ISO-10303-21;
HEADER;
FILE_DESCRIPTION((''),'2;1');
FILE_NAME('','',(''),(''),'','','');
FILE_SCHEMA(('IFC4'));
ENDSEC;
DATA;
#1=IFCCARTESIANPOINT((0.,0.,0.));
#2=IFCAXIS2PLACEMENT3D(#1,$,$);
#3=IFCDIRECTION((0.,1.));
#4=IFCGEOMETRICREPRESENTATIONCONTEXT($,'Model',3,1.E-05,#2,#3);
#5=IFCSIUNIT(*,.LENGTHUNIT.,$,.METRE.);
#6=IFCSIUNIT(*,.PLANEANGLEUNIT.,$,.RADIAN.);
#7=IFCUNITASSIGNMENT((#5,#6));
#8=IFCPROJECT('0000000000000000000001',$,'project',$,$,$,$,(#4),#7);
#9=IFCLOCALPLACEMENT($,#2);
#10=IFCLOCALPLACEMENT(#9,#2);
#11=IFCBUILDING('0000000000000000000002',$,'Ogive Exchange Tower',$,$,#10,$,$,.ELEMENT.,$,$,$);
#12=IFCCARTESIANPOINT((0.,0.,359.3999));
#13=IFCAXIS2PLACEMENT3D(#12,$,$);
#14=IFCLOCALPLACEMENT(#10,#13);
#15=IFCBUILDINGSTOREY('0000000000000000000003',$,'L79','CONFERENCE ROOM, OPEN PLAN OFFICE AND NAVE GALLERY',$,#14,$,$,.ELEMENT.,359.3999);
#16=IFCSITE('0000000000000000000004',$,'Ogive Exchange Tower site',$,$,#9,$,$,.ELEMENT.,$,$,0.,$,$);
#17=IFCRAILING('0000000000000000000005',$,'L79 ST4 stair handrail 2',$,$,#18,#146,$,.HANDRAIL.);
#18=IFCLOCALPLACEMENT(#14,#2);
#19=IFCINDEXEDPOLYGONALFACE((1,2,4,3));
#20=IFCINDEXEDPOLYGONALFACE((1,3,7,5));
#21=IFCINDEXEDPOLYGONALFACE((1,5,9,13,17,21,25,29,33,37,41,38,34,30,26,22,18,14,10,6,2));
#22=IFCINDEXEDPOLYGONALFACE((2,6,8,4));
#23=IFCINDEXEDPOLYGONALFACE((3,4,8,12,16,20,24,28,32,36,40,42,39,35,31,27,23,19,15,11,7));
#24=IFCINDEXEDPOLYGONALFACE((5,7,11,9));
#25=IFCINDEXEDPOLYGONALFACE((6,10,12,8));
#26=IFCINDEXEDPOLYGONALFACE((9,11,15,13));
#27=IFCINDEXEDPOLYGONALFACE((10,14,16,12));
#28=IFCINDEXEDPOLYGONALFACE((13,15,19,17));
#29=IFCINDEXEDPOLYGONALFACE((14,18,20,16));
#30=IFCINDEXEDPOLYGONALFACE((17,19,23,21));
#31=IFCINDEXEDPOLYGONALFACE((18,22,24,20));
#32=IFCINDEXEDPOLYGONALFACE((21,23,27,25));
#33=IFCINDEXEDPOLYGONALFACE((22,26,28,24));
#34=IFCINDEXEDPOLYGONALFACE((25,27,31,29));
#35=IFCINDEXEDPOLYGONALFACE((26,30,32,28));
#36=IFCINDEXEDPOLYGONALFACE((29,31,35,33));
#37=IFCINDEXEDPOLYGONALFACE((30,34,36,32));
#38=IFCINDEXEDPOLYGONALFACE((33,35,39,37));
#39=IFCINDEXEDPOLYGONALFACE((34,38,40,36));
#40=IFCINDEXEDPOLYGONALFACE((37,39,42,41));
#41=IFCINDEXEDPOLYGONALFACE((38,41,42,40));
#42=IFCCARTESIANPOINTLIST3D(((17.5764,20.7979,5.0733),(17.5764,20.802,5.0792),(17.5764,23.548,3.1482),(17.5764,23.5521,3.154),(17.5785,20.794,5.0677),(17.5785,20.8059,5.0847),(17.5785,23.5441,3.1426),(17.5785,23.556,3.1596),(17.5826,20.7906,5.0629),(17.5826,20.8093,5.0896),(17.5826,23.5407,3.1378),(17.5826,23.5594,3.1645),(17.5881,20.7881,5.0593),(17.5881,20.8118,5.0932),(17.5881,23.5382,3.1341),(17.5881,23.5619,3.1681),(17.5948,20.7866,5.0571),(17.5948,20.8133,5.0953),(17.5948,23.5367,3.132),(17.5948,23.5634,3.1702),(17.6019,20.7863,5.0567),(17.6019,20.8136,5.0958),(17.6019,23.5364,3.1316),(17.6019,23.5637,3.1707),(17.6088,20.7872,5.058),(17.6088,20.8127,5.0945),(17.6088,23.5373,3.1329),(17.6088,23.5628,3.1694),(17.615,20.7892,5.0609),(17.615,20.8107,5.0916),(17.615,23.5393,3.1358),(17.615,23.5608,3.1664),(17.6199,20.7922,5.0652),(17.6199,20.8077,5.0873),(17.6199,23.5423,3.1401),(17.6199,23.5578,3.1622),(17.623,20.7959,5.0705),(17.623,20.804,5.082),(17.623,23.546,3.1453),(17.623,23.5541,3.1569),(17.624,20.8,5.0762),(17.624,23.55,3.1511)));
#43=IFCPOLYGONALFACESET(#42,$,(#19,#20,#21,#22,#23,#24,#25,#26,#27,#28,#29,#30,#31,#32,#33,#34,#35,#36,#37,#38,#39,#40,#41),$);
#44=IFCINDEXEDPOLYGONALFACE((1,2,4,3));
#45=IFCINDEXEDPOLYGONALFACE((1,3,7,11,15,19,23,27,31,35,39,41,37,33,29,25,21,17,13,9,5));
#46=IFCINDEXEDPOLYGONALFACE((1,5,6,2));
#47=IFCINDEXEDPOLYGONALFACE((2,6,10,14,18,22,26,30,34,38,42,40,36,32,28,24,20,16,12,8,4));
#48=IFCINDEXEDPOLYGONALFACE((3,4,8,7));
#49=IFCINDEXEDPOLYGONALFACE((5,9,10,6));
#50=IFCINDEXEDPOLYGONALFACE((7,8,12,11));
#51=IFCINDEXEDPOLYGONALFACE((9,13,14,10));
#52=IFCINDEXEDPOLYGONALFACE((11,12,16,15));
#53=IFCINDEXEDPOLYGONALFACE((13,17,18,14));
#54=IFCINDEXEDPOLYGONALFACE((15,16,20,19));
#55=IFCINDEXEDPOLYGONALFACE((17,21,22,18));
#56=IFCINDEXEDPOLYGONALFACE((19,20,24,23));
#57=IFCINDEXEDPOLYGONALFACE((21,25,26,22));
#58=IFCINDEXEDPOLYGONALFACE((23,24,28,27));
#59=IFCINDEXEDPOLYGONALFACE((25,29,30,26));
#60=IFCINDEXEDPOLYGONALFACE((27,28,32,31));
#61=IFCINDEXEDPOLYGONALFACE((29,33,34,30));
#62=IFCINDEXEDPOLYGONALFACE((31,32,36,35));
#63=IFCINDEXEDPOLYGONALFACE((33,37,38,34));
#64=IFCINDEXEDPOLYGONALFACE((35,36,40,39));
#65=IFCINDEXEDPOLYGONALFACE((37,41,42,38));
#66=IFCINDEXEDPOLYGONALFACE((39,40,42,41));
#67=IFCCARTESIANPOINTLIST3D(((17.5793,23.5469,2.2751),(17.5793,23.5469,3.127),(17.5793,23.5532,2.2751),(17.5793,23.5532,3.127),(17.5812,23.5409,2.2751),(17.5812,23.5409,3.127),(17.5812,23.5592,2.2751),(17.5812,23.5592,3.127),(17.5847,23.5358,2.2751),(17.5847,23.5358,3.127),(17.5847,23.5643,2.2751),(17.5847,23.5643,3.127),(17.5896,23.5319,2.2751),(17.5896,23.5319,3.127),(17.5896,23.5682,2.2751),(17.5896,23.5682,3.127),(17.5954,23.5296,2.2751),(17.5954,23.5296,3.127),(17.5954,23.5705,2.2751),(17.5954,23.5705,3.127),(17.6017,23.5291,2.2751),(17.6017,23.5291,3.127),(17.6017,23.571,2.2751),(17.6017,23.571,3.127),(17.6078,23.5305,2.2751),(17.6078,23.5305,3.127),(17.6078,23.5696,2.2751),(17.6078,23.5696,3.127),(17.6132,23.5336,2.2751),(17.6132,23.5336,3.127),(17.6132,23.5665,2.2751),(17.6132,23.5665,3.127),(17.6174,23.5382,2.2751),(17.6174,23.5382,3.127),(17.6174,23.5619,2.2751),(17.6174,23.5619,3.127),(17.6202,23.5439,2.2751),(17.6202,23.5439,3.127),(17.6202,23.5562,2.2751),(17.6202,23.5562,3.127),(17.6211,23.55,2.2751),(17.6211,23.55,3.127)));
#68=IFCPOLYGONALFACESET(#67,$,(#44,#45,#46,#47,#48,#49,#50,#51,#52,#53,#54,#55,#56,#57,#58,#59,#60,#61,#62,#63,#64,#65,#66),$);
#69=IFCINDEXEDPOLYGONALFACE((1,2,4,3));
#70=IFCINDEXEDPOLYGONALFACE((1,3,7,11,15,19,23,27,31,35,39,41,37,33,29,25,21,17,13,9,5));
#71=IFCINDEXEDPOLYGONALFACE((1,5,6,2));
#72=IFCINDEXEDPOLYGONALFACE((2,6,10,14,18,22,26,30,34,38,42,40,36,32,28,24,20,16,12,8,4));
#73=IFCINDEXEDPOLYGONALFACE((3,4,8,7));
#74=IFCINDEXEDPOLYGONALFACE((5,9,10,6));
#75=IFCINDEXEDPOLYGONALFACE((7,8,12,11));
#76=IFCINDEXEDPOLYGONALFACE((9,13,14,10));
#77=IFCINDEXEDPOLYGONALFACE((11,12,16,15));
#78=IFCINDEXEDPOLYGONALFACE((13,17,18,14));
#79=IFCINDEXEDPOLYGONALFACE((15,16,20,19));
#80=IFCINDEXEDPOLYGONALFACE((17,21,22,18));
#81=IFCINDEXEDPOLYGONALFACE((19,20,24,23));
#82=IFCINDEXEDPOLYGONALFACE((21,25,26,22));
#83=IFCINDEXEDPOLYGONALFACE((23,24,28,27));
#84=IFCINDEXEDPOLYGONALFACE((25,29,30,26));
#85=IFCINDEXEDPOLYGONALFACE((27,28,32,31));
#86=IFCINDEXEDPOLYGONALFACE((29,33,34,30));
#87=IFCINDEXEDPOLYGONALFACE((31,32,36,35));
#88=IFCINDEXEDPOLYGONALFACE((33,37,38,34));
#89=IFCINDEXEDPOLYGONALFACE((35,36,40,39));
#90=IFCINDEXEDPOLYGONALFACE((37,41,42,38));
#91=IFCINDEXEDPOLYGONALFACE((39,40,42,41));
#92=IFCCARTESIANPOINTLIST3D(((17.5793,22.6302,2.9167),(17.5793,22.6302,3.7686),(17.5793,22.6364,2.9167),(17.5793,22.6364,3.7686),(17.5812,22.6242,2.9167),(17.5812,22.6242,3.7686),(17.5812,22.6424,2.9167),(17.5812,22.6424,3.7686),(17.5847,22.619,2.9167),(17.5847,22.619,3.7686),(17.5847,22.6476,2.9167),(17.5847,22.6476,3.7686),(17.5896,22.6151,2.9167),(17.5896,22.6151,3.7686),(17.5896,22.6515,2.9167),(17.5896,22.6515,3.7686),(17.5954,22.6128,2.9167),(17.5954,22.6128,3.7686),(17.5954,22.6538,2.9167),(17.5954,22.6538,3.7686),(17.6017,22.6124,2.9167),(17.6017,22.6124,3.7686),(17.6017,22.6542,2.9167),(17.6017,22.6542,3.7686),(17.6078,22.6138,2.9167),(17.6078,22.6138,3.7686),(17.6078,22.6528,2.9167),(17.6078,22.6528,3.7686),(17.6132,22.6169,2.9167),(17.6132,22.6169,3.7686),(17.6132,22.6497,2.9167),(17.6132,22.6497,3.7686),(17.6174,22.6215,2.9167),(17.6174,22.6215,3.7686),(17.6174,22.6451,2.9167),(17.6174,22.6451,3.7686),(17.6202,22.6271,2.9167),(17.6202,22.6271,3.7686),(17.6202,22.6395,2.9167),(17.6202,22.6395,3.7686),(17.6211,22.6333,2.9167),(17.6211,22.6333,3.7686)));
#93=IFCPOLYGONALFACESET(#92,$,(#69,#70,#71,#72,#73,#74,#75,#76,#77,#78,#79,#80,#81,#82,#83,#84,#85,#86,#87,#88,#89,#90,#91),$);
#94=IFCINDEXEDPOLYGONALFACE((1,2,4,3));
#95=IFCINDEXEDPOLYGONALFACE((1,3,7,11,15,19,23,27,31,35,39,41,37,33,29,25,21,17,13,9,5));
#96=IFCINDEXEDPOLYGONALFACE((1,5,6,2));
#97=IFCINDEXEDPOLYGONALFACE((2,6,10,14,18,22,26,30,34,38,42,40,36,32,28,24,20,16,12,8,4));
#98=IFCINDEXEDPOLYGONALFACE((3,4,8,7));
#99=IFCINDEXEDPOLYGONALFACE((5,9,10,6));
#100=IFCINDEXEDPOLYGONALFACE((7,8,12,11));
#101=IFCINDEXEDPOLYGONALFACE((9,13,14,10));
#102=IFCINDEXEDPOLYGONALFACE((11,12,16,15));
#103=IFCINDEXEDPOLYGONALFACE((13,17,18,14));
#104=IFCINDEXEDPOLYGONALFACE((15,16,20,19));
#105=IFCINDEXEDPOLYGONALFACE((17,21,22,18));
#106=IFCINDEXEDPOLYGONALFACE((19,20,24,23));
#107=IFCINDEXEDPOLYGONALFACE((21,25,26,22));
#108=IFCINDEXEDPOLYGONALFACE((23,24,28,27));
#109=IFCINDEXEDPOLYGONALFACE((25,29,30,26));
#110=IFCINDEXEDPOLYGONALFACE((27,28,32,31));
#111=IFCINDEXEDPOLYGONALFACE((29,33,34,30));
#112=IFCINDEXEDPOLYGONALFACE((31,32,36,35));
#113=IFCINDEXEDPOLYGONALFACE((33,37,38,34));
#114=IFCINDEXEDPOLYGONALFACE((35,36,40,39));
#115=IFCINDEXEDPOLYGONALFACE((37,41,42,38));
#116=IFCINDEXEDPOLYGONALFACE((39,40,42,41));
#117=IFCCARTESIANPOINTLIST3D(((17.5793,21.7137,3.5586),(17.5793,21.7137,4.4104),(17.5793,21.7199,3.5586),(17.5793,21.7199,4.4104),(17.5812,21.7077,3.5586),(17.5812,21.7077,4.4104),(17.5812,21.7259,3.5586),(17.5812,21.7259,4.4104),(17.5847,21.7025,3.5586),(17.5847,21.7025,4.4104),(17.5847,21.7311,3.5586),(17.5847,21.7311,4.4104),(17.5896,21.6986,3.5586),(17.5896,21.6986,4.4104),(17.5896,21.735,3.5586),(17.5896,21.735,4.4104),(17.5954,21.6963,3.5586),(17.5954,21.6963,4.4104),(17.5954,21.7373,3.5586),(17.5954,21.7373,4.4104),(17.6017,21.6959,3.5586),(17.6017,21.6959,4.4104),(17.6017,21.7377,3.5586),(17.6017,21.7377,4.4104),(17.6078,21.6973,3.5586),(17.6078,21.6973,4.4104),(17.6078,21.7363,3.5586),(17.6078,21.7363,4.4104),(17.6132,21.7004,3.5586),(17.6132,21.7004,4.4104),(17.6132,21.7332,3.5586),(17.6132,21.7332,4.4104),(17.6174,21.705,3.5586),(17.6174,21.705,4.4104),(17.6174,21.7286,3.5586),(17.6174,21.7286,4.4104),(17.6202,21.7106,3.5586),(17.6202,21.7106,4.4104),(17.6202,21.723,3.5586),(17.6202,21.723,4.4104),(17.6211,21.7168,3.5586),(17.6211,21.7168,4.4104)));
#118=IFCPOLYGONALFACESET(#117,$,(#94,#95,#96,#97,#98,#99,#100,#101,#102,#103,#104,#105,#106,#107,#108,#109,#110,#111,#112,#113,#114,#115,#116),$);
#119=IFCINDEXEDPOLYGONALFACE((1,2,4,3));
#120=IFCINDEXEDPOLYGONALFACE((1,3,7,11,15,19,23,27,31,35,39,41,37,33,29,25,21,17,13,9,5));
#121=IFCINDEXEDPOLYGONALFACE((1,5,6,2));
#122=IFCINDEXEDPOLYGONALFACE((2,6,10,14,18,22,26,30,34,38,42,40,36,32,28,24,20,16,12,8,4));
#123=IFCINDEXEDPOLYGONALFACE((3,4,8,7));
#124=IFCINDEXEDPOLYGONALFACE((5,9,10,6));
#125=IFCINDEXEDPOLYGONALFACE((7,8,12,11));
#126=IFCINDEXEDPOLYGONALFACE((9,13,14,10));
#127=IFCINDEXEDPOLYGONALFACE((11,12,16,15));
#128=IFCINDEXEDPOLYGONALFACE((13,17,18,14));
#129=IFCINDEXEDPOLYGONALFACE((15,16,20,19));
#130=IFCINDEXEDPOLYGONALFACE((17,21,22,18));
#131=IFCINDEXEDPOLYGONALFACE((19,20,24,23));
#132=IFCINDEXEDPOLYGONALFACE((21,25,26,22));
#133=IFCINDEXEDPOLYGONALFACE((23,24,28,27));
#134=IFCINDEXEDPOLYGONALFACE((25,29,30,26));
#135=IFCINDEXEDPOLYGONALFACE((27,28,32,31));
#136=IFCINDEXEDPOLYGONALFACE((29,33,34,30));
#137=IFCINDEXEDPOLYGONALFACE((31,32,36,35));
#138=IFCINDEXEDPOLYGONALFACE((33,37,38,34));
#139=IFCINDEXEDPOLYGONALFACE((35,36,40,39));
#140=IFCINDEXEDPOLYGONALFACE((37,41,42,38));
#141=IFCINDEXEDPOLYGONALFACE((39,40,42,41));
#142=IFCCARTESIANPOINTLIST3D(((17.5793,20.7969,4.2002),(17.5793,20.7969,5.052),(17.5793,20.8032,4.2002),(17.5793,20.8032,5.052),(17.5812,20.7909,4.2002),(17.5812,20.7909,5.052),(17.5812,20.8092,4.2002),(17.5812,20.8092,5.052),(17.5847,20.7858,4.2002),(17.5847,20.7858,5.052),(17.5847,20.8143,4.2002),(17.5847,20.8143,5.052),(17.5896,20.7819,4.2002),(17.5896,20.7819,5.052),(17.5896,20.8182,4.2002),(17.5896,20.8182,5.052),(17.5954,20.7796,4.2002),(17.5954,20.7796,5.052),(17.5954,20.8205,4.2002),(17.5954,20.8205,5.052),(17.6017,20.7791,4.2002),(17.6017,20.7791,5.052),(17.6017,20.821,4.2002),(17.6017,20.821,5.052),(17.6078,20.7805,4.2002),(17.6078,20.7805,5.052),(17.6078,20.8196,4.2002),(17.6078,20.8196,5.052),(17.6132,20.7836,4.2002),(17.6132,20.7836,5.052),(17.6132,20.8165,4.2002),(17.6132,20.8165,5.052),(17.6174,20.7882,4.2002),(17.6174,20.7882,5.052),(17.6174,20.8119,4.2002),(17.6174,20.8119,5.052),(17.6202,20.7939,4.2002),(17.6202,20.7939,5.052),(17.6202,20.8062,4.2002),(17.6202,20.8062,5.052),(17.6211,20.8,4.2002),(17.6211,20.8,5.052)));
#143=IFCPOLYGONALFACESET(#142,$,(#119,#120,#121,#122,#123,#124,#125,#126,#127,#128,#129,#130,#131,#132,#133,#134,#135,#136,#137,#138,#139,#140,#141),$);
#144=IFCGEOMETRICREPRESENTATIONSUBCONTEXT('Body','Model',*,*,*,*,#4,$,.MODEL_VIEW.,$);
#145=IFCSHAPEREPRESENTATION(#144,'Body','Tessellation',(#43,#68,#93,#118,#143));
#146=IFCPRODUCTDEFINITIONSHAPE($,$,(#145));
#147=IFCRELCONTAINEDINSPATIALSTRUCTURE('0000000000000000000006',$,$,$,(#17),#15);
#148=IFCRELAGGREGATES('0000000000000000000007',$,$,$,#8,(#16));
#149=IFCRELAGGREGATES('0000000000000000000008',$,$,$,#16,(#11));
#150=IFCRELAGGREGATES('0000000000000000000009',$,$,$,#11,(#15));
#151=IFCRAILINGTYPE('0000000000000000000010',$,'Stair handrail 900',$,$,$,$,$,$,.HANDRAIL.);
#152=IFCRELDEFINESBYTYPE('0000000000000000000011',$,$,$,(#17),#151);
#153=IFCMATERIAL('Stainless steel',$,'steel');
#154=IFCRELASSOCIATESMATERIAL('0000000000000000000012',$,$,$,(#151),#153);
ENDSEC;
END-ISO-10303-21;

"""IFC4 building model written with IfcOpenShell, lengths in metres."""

from ifc_helpers import new_model, si_unit, direction, frame, origin, origin_2d, place, context, subcontext, project, spatial, circle, extrude, material, type_object, element, save


model = new_model("IFC4")

# Units and contexts
model_context = context("Model", 3, precision=1e-05, world=origin(), true_north=direction((0.0, 1.0)))
body_context = subcontext(model_context, "Body", "Model", "MODEL_VIEW")
ifc_project = project(units=[si_unit("LENGTHUNIT", "METRE"), si_unit("PLANEANGLEUNIT", "RADIAN")], contexts=[model_context])

# Site, building, storey
site_placement = place(None, origin())
site = spatial("IfcSite", under=ifc_project, at=site_placement, Name="Ogive Exchange Tower site", CompositionType="ELEMENT", RefElevation=0.0)
building_placement = place(site_placement, origin())
building = spatial("IfcBuilding", under=site, at=building_placement, Name="Ogive Exchange Tower", CompositionType="ELEMENT")
storey_placement = place(building_placement, frame((0.0, 0.0, 359.3999)))
storey = spatial("IfcBuildingStorey", under=building, at=storey_placement, Name="L79", Description="CONFERENCE ROOM, OPEN PLAN OFFICE AND NAVE GALLERY", CompositionType="ELEMENT", Elevation=359.3999)

# Railing
ifc_material_1 = material(Name="Stainless steel", Category="steel")
railing_type = type_object("IfcRailingType", Name="Stair handrail 900", PredefinedType="HANDRAIL", material=ifc_material_1)
railing_1_placement = place(storey_placement, frame((17.6001, 23.55, 2.2751)))
element("IfcRailing", 1, at=railing_1_placement, inside=storey, type_object=railing_type, Name="L79 ST4 stair handrail 2", PredefinedType="HANDRAIL", context=body_context, shape_type="SweptSolid", body=[
    extrude(circle(Radius=0.0239, at=origin_2d()), frame((0.0, 0.0, 0.876), z_axis=(0.0, -0.819225, 0.573472), x_axis=(1.0, 0.0, 0.0)), (0.0, 0.0, 1.0), 3.3569),
    extrude(circle(Radius=0.021, at=origin_2d()), origin(), (0.0, 0.0, 1.0), 0.8518),
    extrude(circle(Radius=0.021, at=origin_2d()), frame((0.0, -0.9167, 0.6416)), (0.0, 0.0, 1.0), 0.8518),
    extrude(circle(Radius=0.021, at=origin_2d()), frame((0.0, -1.8333, 1.2834)), (0.0, 0.0, 1.0), 0.8518),
    extrude(circle(Radius=0.021, at=origin_2d()), frame((0.0, -2.75, 1.925)), (0.0, 0.0, 1.0), 0.8518),
])

save(model, "model.ifc")
